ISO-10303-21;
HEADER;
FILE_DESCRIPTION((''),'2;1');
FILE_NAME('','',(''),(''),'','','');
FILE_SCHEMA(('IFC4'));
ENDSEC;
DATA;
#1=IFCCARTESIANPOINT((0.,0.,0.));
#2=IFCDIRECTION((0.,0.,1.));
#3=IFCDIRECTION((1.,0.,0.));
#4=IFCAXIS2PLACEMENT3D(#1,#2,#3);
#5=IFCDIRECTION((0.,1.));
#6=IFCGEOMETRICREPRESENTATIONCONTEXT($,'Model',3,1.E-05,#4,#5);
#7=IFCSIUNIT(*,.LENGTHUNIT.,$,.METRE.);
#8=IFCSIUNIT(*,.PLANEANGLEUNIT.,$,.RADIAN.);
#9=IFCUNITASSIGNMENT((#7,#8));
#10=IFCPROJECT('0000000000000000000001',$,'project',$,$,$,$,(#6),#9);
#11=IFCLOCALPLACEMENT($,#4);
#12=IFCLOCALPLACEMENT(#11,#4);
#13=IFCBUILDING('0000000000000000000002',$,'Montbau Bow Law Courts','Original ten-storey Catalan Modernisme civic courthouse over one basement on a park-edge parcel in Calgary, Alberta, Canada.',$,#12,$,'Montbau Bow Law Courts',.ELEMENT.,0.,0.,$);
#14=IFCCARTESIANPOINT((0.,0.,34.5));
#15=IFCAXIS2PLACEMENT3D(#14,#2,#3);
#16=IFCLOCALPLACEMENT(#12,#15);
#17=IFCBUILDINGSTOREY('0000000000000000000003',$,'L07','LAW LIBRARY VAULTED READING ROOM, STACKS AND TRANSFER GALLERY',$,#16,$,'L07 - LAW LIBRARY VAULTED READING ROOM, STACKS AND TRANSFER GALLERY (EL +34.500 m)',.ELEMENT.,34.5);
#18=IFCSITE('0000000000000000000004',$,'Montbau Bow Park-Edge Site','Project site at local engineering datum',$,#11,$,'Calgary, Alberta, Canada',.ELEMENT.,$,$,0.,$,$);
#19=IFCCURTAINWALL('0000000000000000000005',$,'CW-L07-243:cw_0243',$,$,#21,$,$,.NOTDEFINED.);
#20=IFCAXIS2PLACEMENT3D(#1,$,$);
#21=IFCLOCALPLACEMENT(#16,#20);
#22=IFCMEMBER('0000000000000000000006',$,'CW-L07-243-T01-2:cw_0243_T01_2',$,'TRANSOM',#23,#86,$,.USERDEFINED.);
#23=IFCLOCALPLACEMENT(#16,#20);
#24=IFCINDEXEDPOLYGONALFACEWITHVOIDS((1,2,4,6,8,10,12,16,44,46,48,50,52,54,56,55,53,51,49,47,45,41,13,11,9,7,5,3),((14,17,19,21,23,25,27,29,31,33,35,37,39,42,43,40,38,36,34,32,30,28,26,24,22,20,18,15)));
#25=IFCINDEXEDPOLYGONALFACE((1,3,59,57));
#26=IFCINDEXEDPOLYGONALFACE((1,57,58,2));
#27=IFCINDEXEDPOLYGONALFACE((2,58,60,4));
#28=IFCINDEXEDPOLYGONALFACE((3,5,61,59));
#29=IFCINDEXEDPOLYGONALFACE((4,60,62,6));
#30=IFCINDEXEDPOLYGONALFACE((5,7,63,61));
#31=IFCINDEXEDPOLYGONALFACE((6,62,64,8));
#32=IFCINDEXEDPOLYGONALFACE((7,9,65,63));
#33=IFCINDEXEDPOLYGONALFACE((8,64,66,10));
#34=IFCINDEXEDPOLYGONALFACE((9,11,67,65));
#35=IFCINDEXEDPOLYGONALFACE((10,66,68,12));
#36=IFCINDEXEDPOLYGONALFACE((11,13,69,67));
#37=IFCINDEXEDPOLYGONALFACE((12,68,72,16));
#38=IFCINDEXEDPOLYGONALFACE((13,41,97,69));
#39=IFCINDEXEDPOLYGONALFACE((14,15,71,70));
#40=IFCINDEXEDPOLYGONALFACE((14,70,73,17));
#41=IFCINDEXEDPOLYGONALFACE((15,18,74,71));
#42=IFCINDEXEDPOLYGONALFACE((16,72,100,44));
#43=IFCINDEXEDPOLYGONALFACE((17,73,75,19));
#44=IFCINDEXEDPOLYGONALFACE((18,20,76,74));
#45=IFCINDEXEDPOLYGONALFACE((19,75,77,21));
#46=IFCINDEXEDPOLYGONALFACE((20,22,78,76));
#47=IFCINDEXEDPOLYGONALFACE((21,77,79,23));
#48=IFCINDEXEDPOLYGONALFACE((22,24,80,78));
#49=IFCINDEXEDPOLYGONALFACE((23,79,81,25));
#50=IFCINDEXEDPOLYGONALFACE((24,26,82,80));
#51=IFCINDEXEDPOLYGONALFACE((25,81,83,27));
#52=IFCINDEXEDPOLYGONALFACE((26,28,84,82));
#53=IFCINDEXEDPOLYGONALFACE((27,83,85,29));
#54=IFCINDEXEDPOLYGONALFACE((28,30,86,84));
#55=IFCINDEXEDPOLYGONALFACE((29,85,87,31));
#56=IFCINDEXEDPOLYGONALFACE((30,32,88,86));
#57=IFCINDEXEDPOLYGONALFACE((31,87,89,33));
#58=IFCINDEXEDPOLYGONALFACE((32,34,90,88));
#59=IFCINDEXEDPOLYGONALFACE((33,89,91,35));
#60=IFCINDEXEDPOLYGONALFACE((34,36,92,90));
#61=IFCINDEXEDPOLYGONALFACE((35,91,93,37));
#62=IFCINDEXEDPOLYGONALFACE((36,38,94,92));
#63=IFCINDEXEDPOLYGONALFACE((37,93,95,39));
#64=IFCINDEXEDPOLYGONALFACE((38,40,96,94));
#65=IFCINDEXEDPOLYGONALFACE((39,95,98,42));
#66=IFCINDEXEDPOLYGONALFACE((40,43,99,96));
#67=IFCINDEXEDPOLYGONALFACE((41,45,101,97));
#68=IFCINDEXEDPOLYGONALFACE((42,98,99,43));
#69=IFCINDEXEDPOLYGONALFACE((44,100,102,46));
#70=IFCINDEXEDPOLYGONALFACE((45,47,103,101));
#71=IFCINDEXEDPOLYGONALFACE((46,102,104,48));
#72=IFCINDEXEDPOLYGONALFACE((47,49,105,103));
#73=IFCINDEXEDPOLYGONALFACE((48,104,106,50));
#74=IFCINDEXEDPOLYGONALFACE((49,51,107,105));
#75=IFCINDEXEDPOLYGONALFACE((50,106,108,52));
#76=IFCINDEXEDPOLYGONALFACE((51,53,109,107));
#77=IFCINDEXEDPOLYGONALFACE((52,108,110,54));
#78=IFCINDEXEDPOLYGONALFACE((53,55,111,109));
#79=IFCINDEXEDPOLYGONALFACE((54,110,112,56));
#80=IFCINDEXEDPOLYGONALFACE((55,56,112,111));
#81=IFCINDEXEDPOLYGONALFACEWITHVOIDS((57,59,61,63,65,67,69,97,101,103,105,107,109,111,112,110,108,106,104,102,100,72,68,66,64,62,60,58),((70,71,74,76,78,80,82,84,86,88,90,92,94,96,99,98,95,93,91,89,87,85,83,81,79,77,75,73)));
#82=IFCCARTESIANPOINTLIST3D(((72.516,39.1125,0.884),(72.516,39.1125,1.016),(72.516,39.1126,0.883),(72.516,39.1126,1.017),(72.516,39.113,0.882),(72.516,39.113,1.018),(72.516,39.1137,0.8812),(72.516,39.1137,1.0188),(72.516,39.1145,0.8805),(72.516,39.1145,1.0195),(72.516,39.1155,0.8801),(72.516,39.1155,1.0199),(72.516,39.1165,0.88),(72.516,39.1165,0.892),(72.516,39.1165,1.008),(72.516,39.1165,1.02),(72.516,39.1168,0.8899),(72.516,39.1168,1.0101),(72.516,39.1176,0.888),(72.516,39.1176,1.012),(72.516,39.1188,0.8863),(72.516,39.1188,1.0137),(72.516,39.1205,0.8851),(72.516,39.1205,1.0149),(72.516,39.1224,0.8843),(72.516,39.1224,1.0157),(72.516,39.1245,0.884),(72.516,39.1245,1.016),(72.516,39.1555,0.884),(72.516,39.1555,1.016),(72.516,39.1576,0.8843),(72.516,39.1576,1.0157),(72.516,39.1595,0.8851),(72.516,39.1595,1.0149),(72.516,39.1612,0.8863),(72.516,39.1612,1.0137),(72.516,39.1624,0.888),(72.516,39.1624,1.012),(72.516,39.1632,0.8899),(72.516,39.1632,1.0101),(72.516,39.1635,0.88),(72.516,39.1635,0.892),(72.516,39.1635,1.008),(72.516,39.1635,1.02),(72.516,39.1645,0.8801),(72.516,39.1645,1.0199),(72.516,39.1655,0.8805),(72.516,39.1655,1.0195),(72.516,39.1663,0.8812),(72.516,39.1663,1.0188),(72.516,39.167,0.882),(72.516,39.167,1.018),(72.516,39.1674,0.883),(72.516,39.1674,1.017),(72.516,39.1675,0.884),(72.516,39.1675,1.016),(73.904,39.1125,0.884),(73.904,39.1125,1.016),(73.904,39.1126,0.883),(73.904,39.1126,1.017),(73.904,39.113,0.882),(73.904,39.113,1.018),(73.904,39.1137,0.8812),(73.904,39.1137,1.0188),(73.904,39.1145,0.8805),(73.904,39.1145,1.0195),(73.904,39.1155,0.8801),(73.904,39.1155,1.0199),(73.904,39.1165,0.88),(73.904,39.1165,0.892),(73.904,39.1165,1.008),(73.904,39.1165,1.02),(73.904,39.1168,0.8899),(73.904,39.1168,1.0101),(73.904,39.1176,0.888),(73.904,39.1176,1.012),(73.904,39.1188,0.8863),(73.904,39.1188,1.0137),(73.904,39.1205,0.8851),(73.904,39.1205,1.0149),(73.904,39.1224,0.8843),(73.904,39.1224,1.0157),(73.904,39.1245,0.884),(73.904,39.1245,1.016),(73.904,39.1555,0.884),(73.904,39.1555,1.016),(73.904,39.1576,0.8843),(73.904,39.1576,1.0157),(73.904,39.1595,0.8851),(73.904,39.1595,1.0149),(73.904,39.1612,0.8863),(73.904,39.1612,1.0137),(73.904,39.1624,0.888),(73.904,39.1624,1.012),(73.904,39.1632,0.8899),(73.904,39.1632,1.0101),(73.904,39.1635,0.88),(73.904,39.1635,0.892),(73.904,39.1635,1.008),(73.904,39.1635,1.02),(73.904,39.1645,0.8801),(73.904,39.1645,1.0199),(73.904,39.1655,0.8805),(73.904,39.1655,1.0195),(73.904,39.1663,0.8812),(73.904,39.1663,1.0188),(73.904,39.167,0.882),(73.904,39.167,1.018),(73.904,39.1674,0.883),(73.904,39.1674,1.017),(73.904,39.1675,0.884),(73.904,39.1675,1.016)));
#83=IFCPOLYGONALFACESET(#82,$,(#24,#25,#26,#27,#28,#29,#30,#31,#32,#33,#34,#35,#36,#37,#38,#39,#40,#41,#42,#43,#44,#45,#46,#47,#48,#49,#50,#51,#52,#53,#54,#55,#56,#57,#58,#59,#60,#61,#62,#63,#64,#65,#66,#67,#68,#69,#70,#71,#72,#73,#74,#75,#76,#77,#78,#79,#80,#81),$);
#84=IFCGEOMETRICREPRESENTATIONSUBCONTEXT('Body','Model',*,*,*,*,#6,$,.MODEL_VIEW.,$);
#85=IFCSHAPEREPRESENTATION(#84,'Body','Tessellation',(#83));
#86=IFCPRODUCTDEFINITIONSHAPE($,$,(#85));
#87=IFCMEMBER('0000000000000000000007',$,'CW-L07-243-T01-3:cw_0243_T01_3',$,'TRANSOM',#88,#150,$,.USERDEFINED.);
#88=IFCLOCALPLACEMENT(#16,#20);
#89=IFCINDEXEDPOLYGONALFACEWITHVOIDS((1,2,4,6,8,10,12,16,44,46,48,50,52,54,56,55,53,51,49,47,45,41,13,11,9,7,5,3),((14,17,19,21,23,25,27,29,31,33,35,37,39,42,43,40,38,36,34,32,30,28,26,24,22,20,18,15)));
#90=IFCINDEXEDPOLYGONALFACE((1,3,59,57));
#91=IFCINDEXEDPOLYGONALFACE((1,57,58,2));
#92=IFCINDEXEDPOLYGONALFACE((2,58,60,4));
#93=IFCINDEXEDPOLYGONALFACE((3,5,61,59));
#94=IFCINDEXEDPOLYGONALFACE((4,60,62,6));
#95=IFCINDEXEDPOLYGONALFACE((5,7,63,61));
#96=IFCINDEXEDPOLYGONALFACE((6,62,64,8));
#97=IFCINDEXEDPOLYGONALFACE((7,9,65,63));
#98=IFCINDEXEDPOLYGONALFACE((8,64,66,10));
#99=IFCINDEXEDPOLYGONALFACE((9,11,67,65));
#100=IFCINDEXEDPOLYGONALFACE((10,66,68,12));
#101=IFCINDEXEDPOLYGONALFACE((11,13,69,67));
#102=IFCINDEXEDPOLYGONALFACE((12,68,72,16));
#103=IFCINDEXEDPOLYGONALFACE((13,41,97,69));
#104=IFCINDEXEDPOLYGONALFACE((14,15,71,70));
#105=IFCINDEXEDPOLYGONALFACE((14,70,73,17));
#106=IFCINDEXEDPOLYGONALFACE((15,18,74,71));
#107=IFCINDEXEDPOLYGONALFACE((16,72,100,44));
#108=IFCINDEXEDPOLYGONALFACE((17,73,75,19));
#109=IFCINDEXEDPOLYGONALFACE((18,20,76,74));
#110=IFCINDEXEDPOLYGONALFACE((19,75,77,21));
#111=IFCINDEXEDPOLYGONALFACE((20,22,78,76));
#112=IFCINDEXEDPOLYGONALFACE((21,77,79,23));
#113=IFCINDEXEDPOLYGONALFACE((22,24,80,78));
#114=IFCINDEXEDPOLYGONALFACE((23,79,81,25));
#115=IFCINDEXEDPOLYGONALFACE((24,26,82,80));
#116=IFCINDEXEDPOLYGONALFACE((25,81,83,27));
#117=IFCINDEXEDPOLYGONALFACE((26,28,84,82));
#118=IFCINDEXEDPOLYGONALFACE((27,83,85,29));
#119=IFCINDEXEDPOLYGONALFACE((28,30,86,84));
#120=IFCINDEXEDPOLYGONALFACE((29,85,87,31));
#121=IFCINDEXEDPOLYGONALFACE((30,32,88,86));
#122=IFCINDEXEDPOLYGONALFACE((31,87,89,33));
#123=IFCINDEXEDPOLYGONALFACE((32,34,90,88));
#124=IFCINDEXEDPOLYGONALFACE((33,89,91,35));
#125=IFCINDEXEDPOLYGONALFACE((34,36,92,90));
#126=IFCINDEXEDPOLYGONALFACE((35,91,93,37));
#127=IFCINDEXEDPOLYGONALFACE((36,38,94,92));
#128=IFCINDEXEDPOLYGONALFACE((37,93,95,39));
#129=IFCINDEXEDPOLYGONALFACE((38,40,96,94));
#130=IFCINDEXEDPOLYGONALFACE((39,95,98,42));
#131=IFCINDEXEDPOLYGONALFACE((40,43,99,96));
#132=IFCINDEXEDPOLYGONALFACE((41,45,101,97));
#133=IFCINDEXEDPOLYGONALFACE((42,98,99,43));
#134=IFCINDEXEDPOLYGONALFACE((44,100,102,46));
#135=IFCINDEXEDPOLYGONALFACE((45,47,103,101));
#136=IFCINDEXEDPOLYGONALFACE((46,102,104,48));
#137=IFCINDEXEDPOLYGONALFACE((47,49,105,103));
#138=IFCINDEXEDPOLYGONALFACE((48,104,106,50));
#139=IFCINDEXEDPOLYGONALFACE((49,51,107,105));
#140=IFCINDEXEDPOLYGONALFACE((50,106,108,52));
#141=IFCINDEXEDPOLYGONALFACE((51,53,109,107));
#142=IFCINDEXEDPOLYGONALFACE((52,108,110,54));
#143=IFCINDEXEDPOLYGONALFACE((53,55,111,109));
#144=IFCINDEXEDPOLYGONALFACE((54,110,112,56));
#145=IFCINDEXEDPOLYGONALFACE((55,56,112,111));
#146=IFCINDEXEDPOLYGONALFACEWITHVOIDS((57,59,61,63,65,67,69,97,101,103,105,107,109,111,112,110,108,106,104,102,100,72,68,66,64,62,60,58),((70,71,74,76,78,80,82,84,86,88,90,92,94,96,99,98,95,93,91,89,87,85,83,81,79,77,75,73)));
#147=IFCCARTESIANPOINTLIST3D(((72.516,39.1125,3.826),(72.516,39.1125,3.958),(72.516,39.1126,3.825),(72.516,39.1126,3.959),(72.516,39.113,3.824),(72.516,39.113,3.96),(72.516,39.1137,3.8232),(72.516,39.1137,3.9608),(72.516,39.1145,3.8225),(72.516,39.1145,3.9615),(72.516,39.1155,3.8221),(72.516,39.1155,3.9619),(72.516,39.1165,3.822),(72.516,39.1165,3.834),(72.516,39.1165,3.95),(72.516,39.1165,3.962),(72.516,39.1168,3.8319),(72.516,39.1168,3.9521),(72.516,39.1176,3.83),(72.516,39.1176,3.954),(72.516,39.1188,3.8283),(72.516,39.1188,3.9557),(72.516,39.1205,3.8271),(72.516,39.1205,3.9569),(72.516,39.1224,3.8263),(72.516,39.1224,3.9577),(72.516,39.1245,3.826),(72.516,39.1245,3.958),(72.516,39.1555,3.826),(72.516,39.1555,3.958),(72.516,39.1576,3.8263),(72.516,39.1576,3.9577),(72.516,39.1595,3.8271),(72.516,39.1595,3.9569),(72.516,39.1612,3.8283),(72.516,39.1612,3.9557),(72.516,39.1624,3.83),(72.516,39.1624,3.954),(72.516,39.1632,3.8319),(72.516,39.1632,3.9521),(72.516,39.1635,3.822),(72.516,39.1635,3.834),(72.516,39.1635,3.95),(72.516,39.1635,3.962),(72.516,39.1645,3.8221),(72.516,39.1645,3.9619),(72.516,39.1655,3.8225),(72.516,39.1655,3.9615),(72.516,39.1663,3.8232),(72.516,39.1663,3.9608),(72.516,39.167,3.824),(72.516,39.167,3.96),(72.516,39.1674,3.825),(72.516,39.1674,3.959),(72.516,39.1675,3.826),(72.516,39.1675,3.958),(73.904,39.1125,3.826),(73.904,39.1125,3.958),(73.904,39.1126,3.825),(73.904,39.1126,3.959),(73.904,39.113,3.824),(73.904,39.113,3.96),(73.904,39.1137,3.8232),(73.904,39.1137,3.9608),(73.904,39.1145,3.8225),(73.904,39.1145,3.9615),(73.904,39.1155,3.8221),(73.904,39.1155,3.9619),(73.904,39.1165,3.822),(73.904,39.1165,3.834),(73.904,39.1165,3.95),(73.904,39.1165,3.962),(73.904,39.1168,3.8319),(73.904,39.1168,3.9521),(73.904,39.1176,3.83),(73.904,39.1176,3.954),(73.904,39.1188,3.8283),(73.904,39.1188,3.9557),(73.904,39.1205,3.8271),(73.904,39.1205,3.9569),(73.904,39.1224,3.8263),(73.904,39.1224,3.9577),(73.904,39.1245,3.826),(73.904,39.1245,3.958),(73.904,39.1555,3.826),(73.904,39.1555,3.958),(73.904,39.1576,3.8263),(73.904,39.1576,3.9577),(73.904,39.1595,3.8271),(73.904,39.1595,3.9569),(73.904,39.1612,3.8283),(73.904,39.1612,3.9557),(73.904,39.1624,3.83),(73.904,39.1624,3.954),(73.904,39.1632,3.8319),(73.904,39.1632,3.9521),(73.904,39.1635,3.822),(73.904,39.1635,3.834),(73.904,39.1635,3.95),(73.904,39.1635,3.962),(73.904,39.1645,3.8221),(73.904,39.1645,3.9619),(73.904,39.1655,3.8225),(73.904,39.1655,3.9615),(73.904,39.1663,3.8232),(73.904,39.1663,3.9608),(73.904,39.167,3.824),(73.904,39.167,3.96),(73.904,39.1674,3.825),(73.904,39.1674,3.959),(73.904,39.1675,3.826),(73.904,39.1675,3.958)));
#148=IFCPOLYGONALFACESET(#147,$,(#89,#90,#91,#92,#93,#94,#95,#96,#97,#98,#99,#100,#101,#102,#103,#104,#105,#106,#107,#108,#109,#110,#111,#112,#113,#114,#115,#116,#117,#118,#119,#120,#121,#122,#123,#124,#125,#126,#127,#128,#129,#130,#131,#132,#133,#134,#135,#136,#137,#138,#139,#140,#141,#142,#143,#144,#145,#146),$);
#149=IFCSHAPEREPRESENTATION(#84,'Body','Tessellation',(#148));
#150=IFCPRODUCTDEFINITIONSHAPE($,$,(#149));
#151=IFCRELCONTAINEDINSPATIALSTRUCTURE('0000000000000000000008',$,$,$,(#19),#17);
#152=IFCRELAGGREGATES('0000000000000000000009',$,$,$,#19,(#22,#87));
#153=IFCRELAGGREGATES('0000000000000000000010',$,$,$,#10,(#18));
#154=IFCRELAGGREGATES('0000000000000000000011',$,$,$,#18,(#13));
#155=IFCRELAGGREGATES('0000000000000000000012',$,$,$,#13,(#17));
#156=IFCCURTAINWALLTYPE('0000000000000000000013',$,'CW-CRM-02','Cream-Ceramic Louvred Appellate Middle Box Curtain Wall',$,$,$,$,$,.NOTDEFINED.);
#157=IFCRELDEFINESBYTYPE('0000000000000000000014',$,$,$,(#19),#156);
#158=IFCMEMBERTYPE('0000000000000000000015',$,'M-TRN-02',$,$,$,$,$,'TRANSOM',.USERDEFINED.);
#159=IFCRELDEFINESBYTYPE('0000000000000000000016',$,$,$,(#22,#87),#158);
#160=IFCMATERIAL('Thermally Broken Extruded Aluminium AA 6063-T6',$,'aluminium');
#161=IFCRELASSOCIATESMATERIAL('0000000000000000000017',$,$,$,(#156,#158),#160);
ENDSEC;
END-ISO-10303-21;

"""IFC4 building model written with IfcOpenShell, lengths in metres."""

from ifc_helpers import new_model, si_unit, direction, frame, origin_with_axes, origin_2d_with_axis, place, context, subcontext, project, spatial, hollow_rectangle, extrude, material, material_profile, profile_set, type_object, element, aggregate, save


model = new_model("IFC4")

# Units and contexts
model_context = context("Model", 3, precision=1e-05, world=origin_with_axes(), true_north=direction((0.0, 1.0)))
body_context = subcontext(model_context, "Body", "Model", "MODEL_VIEW")
ifc_project = project(units=[si_unit("LENGTHUNIT", "METRE"), si_unit("PLANEANGLEUNIT", "RADIAN")], contexts=[model_context])

# Site, building, storey
site_placement = place(None, origin_with_axes())
site = spatial("IfcSite", under=ifc_project, at=site_placement, Name="Montbau Bow Park-Edge Site", Description="Project site at local engineering datum", LongName="Calgary, Alberta, Canada", CompositionType="ELEMENT", RefElevation=0.0)
building_placement = place(site_placement, origin_with_axes())
building = spatial("IfcBuilding", under=site, at=building_placement, Name="Montbau Bow Law Courts", Description="Original ten-storey Catalan Modernisme civic courthouse over one basement on a park-edge parcel in Calgary, Alberta, Canada.", LongName="Montbau Bow Law Courts", CompositionType="ELEMENT", ElevationOfRefHeight=0.0, ElevationOfTerrain=0.0)
storey_placement = place(building_placement, frame((0.0, 0.0, 34.5), z_axis=(0.0, 0.0, 1.0), x_axis=(1.0, 0.0, 0.0)))
storey = spatial("IfcBuildingStorey", under=building, at=storey_placement, Name="L07", Description="LAW LIBRARY VAULTED READING ROOM, STACKS AND TRANSFER GALLERY", LongName="L07 - LAW LIBRARY VAULTED READING ROOM, STACKS AND TRANSFER GALLERY (EL +34.500 m)", CompositionType="ELEMENT", Elevation=34.5)

# Curtain wall
ifc_material_1 = material(Name="Thermally Broken Extruded Aluminium AA 6063-T6", Category="aluminium")
curtain_wall_type = type_object("IfcCurtainWallType", Name="CW-CRM-02", Description="Cream-Ceramic Louvred Appellate Middle Box Curtain Wall", PredefinedType="NOTDEFINED", material=ifc_material_1)
curtain_wall_1_placement = place(None, frame((72.44, 39.14, 34.5), z_axis=(0.0, 0.0, 1.0), x_axis=(1.0, 0.0, 0.0)))
curtain_wall_1 = element("IfcCurtainWall", 1, at=curtain_wall_1_placement, inside=storey, type_object=curtain_wall_type, Name="CW-L07-243:cw_0243", PredefinedType="NOTDEFINED")

# Members
ifc_material_profile_1 = material_profile(ifc_material_1, hollow_rectangle(XDim=0.055, YDim=0.14, WallThickness=0.004, InnerFilletRadius=0.008, OuterFilletRadius=0.004, at=origin_2d_with_axis()), Name="CWT-140X55", Category="Main", Priority=0)
ifc_profile_set_1 = profile_set([ifc_material_profile_1], Name="Thermally Broken Extruded Aluminium AA 6063-T6")
member_type_1 = type_object("IfcMemberType", Name="M-TRN-02", ElementType="TRANSOM", PredefinedType="USERDEFINED", material=ifc_profile_set_1)
member_1_placement = place(None, frame((72.516, 39.14, 35.45), z_axis=(1.0, 0.0, 0.0), x_axis=(0.0, 1.0, 0.0)))
member_1 = element("IfcMember", 2, at=member_1_placement, type_object=member_type_1, Name="CW-L07-243-T01-2:cw_0243_T01_2", ObjectType="TRANSOM", PredefinedType="USERDEFINED", context=body_context, shape_type="SweptSolid", body=[
    extrude(hollow_rectangle(XDim=0.055, YDim=0.14, WallThickness=0.004, InnerFilletRadius=0.008, OuterFilletRadius=0.004, at=origin_2d_with_axis()), origin_with_axes(), (0.0, 0.0, 1.0), 1.388),
])
member_2_placement = place(None, frame((72.516, 39.14, 38.392), z_axis=(1.0, 0.0, 0.0), x_axis=(0.0, 1.0, 0.0)))
member_2 = element("IfcMember", 3, at=member_2_placement, type_object=member_type_1, Name="CW-L07-243-T01-3:cw_0243_T01_3", ObjectType="TRANSOM", PredefinedType="USERDEFINED", context=body_context, shape_type="SweptSolid", body=[
    extrude(hollow_rectangle(XDim=0.055, YDim=0.14, WallThickness=0.004, InnerFilletRadius=0.008, OuterFilletRadius=0.004, at=origin_2d_with_axis()), origin_with_axes(), (0.0, 0.0, 1.0), 1.388),
])

aggregate(curtain_wall_1, [member_1, member_2])

save(model, "model.ifc")
